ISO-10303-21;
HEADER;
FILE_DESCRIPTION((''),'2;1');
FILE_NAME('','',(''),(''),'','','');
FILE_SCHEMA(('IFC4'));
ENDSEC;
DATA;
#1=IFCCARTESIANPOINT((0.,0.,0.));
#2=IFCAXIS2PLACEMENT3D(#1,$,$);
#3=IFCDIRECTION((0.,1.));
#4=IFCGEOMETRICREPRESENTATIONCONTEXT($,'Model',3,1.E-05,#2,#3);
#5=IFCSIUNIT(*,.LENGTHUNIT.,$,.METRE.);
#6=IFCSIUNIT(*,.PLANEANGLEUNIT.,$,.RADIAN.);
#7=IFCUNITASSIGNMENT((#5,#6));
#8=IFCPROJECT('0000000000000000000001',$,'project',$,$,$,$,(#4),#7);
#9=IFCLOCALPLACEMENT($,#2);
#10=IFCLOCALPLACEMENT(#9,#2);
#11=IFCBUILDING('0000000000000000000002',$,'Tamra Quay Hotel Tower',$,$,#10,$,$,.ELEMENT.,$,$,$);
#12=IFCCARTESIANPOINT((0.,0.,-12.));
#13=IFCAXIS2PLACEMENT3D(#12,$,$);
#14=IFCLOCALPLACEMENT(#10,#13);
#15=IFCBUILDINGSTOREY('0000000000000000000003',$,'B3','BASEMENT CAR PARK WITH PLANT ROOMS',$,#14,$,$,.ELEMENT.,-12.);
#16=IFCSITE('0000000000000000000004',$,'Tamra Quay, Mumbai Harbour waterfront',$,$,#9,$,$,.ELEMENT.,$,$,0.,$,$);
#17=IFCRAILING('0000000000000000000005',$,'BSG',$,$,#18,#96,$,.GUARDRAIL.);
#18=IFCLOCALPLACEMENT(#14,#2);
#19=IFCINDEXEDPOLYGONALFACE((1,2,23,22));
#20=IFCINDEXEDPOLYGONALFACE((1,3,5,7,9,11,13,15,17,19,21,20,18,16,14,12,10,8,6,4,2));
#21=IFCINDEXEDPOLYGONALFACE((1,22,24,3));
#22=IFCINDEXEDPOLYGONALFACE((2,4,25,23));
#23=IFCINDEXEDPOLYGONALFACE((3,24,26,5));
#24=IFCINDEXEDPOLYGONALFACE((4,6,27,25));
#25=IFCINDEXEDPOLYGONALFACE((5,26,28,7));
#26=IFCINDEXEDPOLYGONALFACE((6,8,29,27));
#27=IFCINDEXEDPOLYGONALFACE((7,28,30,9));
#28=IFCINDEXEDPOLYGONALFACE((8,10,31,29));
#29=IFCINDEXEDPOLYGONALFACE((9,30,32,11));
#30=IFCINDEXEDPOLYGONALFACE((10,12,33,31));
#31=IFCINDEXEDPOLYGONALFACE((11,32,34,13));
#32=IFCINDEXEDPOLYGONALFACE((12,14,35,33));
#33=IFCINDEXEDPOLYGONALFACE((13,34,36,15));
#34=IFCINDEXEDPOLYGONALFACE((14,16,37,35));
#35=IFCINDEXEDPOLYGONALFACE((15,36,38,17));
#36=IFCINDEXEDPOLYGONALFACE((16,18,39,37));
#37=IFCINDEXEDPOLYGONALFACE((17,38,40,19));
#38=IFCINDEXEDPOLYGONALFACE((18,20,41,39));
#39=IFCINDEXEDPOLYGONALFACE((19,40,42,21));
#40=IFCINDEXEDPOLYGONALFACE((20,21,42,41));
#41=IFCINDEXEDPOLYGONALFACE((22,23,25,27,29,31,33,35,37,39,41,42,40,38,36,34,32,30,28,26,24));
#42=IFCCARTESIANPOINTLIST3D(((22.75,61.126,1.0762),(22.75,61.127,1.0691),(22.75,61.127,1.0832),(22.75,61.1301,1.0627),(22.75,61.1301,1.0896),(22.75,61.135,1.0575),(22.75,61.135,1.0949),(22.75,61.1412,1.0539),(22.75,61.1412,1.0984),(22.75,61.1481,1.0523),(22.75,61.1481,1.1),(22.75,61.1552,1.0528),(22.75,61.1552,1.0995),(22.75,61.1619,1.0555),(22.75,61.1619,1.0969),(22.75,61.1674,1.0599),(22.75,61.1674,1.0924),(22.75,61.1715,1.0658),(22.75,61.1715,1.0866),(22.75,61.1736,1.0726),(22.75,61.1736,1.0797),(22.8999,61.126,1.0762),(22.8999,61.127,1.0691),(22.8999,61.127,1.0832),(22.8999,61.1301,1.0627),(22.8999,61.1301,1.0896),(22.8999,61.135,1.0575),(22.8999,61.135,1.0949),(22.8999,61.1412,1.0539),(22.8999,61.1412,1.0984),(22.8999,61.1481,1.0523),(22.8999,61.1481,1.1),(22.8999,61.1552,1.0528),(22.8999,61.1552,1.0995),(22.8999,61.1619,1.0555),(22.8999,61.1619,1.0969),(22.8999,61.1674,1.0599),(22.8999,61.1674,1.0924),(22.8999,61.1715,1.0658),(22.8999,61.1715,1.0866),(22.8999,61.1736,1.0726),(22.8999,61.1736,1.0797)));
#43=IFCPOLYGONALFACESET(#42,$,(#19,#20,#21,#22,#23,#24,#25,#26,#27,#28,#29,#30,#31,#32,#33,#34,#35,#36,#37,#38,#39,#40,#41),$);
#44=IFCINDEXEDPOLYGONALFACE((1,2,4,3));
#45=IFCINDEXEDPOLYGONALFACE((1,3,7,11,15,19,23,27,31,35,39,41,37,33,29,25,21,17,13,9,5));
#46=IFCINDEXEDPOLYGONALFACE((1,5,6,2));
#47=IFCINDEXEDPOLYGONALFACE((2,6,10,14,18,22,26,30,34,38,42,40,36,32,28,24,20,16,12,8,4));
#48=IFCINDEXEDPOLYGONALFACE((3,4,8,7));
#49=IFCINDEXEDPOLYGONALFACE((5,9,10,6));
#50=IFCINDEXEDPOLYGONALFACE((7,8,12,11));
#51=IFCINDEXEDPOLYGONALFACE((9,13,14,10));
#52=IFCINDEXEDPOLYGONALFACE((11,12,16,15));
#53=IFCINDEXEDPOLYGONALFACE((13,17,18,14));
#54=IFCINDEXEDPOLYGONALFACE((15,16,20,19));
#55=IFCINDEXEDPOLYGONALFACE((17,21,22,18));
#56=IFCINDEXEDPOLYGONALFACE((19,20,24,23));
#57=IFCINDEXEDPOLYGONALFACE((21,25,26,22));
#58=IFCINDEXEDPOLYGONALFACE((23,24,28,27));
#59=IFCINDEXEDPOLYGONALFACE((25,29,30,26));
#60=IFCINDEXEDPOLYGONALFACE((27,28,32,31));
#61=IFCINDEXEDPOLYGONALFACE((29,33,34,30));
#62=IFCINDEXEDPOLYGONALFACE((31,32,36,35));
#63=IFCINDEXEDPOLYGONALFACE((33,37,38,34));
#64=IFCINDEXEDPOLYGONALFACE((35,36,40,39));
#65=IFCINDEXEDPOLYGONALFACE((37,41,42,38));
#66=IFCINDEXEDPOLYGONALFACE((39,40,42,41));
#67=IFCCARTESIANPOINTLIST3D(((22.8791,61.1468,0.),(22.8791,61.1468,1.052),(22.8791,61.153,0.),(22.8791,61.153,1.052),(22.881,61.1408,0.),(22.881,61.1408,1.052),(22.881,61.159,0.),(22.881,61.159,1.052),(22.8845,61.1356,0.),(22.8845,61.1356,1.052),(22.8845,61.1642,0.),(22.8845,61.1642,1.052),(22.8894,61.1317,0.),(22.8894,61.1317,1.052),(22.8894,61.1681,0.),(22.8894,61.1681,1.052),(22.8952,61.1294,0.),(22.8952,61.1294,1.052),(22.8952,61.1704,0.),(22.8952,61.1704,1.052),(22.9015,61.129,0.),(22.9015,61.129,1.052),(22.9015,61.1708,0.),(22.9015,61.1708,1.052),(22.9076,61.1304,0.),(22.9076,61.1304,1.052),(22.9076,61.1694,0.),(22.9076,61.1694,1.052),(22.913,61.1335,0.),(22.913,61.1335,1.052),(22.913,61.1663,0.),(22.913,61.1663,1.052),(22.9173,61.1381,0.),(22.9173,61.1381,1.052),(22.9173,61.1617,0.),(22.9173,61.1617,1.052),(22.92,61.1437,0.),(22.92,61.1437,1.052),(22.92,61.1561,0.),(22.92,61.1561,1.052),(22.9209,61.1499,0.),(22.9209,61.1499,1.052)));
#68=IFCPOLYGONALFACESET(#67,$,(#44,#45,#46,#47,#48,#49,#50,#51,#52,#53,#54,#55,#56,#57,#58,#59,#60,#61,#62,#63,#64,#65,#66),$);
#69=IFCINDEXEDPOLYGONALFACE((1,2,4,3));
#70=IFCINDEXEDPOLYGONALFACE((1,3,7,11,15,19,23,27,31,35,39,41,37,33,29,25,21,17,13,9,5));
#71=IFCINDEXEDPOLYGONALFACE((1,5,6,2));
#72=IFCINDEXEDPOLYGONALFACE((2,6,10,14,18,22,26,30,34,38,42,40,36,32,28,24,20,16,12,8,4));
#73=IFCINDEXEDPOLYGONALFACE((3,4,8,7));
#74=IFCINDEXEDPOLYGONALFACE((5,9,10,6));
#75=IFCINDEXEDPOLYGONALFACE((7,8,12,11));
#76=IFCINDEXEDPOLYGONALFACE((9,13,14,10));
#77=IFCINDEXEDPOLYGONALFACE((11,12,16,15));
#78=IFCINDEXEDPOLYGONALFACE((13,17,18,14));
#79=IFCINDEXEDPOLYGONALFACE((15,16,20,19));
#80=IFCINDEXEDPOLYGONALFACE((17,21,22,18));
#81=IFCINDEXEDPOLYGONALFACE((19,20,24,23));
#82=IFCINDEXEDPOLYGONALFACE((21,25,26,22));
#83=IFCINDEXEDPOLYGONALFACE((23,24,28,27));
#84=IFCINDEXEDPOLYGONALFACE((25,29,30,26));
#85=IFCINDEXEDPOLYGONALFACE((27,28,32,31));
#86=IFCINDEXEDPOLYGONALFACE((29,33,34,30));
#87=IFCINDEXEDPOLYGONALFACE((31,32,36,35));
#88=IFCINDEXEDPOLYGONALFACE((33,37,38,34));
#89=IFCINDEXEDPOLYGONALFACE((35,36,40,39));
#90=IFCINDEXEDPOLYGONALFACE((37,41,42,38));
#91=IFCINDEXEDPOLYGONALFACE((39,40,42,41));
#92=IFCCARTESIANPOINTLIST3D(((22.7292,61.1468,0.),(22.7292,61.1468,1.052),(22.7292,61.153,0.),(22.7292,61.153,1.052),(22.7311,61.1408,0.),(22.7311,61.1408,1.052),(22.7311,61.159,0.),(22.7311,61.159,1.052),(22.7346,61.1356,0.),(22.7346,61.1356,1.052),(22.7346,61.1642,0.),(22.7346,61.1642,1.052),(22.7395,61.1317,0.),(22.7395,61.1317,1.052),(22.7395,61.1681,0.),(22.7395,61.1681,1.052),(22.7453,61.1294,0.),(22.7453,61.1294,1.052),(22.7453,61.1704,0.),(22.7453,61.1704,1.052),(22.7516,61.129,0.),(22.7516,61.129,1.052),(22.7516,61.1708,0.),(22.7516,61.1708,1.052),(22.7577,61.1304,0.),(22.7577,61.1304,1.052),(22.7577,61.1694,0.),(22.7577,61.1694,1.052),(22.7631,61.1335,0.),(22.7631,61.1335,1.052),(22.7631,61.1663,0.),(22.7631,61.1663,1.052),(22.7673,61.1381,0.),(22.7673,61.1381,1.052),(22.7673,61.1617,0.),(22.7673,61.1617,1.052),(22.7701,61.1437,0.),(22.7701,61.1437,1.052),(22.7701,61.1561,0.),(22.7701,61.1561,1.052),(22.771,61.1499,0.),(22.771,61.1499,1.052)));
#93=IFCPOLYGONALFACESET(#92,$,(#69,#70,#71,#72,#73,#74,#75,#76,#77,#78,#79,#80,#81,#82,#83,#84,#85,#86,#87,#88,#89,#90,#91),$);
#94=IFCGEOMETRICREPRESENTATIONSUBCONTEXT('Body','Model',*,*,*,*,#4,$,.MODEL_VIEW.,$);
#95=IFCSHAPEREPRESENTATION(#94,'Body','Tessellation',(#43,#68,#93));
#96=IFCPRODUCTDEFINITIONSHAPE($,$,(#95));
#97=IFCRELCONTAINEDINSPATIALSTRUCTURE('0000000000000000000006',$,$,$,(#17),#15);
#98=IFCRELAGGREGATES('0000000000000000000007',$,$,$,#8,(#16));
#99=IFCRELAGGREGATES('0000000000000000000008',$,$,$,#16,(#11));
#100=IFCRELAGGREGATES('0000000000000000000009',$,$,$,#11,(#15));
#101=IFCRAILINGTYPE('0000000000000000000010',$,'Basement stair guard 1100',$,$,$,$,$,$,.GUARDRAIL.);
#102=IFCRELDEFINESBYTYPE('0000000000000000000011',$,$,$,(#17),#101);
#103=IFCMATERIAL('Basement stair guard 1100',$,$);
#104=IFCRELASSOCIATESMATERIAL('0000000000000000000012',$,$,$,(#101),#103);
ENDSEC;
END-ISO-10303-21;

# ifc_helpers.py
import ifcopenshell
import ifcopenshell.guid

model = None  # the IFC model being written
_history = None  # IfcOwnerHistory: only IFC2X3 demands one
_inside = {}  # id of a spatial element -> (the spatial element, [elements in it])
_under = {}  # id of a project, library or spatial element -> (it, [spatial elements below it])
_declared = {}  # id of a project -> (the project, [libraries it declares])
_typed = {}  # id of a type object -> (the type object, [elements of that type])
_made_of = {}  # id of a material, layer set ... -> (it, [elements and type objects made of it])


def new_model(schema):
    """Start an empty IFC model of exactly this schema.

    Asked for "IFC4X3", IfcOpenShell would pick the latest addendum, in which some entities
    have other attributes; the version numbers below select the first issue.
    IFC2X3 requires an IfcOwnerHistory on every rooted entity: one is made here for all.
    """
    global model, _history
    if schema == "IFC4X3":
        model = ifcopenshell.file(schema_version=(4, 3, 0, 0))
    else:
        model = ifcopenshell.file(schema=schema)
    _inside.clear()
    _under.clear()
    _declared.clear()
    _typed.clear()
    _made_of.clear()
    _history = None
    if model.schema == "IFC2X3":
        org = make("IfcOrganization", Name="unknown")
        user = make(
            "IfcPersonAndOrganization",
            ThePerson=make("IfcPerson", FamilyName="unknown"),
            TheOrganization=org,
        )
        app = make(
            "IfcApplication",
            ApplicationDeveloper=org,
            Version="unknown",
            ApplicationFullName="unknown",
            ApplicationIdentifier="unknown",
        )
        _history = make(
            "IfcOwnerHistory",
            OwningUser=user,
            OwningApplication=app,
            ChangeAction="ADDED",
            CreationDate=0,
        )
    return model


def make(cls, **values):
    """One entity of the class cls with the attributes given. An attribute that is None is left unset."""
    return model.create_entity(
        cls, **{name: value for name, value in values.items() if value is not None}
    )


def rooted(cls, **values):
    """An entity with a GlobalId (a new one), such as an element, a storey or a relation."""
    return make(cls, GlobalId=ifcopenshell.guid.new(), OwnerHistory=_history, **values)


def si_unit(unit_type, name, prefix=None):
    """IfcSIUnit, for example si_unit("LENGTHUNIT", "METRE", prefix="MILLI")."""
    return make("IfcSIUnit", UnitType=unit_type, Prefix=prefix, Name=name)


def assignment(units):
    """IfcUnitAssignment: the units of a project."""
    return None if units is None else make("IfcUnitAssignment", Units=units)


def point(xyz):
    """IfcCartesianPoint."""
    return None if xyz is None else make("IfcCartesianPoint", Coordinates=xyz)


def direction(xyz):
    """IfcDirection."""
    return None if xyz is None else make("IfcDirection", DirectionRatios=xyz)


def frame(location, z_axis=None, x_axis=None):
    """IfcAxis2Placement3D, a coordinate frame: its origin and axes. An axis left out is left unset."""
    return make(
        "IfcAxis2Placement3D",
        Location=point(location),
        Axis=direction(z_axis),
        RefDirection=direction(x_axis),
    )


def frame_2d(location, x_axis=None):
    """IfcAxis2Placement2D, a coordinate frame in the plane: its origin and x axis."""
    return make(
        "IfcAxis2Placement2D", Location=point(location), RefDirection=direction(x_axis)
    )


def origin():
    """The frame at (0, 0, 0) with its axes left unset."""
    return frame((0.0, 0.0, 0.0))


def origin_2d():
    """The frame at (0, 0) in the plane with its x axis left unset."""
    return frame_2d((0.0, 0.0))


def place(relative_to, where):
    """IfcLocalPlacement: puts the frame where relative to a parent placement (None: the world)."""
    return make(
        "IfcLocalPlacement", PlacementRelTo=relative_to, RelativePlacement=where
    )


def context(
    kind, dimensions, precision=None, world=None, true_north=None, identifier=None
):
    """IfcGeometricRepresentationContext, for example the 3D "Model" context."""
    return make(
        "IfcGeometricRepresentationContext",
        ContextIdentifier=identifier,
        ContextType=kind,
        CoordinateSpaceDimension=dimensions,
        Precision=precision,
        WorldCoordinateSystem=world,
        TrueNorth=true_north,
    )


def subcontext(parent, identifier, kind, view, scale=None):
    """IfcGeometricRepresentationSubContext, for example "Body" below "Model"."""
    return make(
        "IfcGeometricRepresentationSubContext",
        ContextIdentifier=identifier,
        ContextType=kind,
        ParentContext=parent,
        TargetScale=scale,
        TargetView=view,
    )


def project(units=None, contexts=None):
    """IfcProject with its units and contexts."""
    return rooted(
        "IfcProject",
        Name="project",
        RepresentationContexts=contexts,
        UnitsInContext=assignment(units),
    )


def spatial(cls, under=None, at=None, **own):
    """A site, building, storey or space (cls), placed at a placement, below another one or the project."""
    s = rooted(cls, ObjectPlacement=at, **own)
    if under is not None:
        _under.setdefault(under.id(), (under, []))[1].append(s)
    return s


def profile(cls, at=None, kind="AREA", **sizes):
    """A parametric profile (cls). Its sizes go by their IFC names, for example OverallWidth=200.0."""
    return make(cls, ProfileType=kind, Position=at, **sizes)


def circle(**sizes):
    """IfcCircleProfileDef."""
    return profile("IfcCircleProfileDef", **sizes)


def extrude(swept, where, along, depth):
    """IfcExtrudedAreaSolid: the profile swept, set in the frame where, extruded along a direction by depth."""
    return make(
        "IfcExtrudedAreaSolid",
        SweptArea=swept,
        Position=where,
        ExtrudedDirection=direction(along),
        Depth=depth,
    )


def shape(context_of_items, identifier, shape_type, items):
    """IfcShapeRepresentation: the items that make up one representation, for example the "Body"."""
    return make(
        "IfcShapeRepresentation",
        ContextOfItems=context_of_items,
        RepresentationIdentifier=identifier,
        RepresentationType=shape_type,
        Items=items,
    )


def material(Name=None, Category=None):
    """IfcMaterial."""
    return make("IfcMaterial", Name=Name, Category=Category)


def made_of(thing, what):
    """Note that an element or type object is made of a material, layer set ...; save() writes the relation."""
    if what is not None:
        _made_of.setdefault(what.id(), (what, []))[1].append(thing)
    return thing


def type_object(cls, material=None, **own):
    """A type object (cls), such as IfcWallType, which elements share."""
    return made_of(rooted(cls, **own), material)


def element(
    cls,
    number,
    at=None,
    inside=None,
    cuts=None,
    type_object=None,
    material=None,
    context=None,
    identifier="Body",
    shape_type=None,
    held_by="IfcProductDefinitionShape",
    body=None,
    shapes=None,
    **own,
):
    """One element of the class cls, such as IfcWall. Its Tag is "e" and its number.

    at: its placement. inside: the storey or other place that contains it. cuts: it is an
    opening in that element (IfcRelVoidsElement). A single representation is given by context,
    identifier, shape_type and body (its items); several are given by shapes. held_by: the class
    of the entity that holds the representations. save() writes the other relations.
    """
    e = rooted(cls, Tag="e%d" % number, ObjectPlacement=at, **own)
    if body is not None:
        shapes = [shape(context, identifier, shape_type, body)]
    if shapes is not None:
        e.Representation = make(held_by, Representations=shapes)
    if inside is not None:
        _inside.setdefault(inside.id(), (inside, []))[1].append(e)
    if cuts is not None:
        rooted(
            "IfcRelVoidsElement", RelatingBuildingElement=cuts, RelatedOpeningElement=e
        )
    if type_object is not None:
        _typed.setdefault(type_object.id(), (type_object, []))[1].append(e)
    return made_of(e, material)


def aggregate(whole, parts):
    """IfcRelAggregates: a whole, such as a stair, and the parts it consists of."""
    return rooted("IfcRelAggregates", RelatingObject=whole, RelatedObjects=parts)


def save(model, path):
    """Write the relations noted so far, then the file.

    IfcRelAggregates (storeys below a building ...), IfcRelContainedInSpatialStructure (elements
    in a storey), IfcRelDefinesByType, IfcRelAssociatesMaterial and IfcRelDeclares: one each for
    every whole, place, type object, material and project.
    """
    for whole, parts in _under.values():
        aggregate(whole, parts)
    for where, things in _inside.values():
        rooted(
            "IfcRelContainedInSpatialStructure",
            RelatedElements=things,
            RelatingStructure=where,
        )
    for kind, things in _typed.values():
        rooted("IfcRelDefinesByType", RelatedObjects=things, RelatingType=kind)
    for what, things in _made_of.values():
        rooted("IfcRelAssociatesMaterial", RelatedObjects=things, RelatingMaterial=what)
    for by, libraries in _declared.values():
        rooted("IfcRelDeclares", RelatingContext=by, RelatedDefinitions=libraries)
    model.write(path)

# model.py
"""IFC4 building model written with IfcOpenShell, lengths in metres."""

from ifc_helpers import new_model, si_unit, direction, frame, origin, origin_2d, place, context, subcontext, project, spatial, circle, extrude, material, type_object, element, save


model = new_model("IFC4")

# Units and contexts
model_context = context("Model", 3, precision=1e-05, world=origin(), true_north=direction((0.0, 1.0)))
body_context = subcontext(model_context, "Body", "Model", "MODEL_VIEW")
ifc_project = project(units=[si_unit("LENGTHUNIT", "METRE"), si_unit("PLANEANGLEUNIT", "RADIAN")], contexts=[model_context])

# Site, building, storey
site_placement = place(None, origin())
site = spatial("IfcSite", under=ifc_project, at=site_placement, Name="Tamra Quay, Mumbai Harbour waterfront", CompositionType="ELEMENT", RefElevation=0.0)
building_placement = place(site_placement, origin())
building = spatial("IfcBuilding", under=site, at=building_placement, Name="Tamra Quay Hotel Tower", CompositionType="ELEMENT")
storey_placement = place(building_placement, frame((0.0, 0.0, -12.0)))
storey = spatial("IfcBuildingStorey", under=building, at=storey_placement, Name="B3", Description="BASEMENT CAR PARK WITH PLANT ROOMS", CompositionType="ELEMENT", Elevation=-12.0)

# Railing
ifc_material_1 = material(Name="Basement stair guard 1100")
railing_type_1 = type_object("IfcRailingType", Name="Basement stair guard 1100", PredefinedType="GUARDRAIL", material=ifc_material_1)
railing_1_placement = place(storey_placement, frame((22.8999, 61.1499, 0.0)))
element("IfcRailing", 1, at=railing_1_placement, inside=storey, type_object=railing_type_1, Name="BSG", PredefinedType="GUARDRAIL", context=body_context, shape_type="SweptSolid", body=[
    extrude(circle(Radius=0.0239, at=origin_2d()), frame((0.0, 0.0, 1.0762), z_axis=(-1.0, 0.0, 0.0), x_axis=(0.0, -1.0, 0.0)), (0.0, 0.0, 1.0), 0.1499),
    extrude(circle(Radius=0.021, at=origin_2d()), origin(), (0.0, 0.0, 1.0), 1.052),
    extrude(circle(Radius=0.021, at=origin_2d()), frame((-0.1499, 0.0, 0.0)), (0.0, 0.0, 1.0), 1.052),
])

save(model, "model.ifc")
